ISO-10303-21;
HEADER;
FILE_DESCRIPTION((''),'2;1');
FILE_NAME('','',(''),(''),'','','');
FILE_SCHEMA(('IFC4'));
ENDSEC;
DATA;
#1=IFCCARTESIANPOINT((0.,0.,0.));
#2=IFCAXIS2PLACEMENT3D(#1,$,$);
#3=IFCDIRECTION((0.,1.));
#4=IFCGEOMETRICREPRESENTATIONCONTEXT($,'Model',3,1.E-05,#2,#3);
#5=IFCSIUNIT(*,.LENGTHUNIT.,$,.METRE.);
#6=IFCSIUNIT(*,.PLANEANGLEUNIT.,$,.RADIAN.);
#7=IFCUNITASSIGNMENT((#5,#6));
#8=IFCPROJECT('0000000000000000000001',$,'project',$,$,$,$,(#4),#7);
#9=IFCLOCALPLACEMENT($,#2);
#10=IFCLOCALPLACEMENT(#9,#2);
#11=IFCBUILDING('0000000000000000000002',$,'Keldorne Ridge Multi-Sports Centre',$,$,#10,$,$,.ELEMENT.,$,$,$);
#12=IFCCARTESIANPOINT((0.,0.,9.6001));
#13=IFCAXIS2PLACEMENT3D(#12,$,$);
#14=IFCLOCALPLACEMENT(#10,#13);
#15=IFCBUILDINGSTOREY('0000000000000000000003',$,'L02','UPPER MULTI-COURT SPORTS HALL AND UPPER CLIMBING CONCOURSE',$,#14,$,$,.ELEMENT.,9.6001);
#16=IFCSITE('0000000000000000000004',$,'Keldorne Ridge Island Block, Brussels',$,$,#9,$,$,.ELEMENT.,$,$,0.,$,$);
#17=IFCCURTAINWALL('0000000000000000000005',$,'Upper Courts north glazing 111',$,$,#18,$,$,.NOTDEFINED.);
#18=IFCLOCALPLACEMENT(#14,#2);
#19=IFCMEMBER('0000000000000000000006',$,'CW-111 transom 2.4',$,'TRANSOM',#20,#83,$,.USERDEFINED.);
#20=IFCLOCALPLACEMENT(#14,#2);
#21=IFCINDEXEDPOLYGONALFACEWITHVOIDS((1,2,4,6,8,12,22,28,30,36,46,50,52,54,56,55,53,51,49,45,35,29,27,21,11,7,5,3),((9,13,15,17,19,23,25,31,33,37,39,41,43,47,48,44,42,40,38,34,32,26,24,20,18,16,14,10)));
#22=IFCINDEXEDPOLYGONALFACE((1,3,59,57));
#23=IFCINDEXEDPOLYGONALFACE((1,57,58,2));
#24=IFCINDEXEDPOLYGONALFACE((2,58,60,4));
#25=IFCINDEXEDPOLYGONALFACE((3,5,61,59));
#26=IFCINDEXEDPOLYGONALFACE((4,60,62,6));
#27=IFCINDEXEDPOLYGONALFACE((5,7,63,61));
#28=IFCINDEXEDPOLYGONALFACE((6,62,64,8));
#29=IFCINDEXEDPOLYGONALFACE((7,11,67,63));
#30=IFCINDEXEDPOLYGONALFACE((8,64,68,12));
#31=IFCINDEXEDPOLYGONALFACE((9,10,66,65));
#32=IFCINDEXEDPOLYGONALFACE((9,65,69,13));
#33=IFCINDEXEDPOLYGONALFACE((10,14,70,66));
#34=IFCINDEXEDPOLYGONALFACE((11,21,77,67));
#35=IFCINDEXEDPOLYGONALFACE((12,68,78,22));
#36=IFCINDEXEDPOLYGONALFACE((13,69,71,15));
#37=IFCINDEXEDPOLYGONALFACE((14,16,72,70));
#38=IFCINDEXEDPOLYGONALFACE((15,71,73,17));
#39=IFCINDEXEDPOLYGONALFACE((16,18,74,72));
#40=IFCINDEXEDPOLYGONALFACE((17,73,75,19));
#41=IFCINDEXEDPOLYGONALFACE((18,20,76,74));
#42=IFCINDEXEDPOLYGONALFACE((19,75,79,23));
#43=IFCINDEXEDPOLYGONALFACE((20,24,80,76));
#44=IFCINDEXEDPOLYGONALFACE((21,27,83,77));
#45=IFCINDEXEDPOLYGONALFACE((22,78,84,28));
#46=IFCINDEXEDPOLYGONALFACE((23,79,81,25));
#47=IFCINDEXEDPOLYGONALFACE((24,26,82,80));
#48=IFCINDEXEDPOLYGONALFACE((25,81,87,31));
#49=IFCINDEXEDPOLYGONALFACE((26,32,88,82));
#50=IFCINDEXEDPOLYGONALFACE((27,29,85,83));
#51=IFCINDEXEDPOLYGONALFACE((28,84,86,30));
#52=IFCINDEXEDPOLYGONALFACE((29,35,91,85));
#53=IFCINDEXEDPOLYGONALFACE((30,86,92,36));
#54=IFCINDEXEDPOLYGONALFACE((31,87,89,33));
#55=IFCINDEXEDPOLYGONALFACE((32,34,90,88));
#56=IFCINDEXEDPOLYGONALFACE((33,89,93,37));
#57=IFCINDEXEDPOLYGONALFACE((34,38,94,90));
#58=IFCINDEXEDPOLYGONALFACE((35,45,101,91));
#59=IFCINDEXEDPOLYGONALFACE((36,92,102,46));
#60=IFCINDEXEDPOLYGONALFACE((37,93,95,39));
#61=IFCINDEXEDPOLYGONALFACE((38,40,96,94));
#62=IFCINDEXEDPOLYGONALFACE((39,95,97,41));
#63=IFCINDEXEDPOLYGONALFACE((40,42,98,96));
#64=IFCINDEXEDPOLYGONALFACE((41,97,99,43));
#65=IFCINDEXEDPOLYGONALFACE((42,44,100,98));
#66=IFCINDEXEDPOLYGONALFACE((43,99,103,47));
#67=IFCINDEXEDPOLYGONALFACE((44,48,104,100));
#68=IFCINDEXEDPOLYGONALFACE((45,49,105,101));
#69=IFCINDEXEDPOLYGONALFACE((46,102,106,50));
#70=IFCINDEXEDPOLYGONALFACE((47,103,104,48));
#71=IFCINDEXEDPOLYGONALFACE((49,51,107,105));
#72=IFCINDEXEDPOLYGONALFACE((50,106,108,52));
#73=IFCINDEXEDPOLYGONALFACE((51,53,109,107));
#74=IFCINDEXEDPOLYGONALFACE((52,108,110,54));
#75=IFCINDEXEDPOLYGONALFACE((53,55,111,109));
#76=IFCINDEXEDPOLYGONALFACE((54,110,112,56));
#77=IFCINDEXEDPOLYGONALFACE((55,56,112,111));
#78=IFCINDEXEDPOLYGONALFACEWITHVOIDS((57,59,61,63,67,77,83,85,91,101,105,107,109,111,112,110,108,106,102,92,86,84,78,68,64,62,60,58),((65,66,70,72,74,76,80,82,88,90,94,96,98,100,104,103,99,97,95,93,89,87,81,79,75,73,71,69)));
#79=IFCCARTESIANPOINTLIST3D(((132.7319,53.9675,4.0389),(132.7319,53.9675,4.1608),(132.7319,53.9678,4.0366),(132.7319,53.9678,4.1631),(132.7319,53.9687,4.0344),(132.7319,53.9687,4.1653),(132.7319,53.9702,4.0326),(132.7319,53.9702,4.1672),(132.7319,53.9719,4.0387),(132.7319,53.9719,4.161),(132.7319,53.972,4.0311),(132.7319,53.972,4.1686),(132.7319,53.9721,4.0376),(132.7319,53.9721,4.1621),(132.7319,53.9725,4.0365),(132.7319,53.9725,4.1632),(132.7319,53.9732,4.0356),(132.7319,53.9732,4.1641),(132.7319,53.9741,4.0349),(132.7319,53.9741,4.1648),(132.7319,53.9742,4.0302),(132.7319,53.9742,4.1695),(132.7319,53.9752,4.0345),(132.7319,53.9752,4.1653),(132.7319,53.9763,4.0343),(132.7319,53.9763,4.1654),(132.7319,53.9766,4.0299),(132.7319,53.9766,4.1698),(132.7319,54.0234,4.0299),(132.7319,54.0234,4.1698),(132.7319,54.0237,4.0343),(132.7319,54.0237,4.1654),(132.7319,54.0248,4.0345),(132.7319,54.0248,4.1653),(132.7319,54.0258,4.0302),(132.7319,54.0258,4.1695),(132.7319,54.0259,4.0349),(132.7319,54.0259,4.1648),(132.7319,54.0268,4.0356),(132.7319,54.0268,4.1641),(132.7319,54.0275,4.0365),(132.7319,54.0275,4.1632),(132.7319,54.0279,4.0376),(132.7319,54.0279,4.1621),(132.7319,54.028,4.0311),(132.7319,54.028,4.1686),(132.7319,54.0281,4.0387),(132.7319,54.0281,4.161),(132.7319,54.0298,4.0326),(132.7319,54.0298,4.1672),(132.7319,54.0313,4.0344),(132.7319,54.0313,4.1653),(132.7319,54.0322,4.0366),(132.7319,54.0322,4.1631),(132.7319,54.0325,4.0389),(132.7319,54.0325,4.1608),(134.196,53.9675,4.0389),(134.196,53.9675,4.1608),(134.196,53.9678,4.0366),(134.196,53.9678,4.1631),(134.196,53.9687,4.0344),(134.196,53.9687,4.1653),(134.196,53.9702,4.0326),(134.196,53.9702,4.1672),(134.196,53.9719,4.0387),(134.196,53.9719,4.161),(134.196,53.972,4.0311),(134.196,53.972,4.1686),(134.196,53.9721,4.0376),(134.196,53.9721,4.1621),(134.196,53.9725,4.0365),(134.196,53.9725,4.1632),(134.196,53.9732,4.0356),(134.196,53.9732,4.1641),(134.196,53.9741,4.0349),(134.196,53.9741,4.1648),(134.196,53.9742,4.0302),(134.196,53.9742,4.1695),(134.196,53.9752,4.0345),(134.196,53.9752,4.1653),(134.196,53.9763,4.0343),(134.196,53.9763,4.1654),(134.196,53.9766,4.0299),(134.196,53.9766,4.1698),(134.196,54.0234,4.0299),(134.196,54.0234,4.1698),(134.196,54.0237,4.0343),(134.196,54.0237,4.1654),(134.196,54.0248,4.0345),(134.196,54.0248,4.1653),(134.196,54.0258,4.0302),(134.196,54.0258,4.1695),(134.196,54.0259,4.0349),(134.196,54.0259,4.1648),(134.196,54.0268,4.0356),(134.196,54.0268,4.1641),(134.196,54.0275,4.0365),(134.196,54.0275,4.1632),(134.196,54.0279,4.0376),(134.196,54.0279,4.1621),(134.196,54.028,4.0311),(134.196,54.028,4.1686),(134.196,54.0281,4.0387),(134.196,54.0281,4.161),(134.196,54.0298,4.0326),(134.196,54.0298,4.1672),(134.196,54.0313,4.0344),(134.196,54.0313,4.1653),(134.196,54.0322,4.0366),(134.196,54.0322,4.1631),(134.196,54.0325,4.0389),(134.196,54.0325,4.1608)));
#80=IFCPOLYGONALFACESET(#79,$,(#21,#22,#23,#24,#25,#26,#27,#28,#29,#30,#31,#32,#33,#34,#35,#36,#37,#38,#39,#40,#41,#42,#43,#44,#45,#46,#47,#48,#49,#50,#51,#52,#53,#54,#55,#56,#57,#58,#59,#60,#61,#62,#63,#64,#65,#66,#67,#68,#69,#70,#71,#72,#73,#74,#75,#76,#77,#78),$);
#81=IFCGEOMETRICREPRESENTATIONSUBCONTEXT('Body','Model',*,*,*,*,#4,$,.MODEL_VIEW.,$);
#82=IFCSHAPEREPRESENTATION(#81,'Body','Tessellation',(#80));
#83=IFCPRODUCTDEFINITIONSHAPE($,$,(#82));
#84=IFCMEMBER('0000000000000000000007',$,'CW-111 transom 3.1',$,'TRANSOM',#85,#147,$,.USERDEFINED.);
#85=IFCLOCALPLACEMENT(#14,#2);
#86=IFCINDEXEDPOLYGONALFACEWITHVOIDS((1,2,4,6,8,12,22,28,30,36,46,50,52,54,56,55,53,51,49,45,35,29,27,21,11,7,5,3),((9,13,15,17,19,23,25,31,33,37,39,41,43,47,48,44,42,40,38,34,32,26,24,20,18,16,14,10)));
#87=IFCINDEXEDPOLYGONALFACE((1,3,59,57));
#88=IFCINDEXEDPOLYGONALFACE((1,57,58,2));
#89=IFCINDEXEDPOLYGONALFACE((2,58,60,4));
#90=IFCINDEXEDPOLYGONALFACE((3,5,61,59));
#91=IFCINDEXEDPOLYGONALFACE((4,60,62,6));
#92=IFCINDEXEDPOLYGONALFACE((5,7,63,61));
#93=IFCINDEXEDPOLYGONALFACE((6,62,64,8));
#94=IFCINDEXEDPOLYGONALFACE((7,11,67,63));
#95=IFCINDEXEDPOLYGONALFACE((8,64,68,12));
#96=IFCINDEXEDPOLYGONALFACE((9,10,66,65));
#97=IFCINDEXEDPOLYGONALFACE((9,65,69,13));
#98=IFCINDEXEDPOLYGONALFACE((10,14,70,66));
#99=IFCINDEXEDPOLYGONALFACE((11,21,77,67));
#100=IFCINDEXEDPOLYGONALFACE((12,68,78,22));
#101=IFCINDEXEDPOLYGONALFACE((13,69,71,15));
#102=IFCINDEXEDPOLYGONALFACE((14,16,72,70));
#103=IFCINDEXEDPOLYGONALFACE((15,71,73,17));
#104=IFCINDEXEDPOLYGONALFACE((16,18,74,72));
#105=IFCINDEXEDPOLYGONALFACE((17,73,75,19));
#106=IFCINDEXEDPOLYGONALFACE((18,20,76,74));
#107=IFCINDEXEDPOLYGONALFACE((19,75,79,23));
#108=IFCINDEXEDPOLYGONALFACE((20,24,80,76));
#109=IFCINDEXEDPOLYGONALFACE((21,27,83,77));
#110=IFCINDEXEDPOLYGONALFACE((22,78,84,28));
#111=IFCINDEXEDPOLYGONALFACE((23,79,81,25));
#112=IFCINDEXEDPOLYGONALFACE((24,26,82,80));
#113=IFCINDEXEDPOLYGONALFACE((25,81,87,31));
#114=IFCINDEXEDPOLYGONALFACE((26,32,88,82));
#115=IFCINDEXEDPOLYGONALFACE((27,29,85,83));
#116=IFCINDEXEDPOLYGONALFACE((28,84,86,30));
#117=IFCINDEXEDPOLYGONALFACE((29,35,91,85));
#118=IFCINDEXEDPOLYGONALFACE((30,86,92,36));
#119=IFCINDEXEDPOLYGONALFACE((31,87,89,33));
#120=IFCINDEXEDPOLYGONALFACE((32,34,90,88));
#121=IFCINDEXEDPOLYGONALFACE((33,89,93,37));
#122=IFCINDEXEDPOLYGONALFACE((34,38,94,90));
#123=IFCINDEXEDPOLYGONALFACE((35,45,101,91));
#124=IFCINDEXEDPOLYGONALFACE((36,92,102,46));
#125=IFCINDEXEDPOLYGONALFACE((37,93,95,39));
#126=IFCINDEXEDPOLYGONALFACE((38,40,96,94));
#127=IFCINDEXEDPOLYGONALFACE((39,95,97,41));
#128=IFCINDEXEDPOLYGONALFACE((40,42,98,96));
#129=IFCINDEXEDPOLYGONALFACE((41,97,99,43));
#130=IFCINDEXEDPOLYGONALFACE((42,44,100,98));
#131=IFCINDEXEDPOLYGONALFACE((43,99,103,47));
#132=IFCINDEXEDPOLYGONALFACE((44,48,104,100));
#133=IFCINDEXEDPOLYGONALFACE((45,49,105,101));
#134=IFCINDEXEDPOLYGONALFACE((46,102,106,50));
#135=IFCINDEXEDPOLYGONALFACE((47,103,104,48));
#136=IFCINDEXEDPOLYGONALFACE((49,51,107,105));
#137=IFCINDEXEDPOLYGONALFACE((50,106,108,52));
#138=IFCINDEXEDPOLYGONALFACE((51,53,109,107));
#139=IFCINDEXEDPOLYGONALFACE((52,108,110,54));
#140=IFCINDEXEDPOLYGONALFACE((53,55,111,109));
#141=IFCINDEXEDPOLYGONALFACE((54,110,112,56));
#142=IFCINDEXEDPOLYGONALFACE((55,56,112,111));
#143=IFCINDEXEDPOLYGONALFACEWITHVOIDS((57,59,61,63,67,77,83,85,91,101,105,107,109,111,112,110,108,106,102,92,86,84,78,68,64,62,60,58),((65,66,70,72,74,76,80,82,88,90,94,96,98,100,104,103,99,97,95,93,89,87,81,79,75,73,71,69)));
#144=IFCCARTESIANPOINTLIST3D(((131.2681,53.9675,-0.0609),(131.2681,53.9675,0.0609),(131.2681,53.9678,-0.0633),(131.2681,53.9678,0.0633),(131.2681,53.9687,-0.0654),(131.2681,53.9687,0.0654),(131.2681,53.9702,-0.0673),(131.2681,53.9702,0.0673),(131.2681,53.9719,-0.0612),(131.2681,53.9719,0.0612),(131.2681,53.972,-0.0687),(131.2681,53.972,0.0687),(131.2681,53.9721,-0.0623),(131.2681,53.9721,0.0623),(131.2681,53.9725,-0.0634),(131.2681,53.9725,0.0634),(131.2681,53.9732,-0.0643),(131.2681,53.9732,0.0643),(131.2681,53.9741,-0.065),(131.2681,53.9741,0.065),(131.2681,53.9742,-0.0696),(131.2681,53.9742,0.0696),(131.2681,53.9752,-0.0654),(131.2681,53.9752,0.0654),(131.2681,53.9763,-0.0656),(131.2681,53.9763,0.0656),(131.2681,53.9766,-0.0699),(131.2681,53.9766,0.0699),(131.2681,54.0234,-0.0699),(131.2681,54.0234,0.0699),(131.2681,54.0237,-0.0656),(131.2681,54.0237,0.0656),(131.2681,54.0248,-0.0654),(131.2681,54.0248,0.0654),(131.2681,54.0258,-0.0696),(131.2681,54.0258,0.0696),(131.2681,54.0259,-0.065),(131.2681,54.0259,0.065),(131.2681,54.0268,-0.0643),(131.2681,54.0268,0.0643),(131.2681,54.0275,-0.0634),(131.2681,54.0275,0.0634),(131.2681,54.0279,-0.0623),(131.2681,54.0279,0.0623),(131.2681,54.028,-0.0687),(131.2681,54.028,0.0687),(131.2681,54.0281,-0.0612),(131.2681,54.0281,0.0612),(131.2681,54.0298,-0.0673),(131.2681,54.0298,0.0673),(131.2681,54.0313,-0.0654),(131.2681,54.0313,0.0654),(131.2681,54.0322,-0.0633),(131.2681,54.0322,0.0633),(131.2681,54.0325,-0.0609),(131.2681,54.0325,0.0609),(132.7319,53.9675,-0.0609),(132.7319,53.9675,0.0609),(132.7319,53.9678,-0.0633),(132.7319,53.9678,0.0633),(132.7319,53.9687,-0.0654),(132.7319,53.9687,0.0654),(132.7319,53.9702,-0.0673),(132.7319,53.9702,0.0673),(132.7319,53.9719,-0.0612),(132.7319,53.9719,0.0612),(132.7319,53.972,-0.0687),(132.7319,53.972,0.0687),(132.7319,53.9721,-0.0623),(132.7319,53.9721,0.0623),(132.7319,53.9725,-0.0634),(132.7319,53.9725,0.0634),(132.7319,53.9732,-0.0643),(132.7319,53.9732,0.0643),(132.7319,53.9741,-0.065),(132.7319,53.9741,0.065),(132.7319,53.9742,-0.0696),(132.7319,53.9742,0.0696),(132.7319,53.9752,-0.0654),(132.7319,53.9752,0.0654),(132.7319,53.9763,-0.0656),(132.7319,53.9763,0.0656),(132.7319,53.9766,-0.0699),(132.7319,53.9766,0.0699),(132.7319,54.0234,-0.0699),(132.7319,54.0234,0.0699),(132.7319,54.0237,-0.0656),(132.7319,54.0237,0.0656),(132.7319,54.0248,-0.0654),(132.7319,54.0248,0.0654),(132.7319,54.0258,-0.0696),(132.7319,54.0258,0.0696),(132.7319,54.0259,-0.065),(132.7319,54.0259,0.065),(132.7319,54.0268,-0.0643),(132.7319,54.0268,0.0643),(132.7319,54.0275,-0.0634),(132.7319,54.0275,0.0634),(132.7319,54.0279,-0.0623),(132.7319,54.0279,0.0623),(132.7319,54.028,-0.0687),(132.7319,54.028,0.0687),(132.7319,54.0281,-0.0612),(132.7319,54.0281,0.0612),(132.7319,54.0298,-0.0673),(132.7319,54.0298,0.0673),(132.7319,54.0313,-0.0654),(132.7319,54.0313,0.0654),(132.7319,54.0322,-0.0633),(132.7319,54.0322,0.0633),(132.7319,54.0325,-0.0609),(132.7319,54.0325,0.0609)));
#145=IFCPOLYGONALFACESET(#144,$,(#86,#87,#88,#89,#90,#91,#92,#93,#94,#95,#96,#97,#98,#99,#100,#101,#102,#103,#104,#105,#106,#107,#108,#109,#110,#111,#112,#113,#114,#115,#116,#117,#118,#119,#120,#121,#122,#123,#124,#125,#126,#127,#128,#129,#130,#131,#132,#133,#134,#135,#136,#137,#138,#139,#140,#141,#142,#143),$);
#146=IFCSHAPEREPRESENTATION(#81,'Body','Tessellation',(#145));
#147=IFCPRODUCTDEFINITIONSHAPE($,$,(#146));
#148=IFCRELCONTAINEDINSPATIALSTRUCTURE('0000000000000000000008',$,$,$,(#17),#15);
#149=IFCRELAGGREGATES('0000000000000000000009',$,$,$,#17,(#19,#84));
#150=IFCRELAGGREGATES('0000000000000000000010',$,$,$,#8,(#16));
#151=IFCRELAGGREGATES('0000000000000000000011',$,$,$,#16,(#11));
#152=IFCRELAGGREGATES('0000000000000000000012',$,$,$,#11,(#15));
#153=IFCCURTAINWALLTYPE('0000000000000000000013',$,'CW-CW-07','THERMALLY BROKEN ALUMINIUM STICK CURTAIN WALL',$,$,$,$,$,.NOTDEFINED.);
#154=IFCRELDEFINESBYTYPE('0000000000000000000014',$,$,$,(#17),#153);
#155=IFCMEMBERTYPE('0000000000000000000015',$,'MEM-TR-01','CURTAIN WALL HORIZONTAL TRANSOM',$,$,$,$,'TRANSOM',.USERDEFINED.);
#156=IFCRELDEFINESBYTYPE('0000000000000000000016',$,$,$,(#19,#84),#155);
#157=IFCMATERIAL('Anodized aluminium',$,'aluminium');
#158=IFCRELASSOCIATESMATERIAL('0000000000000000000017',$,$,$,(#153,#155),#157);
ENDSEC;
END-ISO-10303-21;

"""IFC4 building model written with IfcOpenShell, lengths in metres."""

from ifc_helpers import new_model, si_unit, direction, frame, origin, origin_2d, place, context, subcontext, project, spatial, hollow_rectangle, extrude, material, material_profile, profile_set, type_object, element, aggregate, save


model = new_model("IFC4")

# Units and contexts
model_context = context("Model", 3, precision=1e-05, world=origin(), true_north=direction((0.0, 1.0)))
body_context = subcontext(model_context, "Body", "Model", "MODEL_VIEW")
ifc_project = project(units=[si_unit("LENGTHUNIT", "METRE"), si_unit("PLANEANGLEUNIT", "RADIAN")], contexts=[model_context])

# Site, building, storey
site_placement = place(None, origin())
site = spatial("IfcSite", under=ifc_project, at=site_placement, Name="Keldorne Ridge Island Block, Brussels", CompositionType="ELEMENT", RefElevation=0.0)
building_placement = place(site_placement, origin())
building = spatial("IfcBuilding", under=site, at=building_placement, Name="Keldorne Ridge Multi-Sports Centre", CompositionType="ELEMENT")
storey_placement = place(building_placement, frame((0.0, 0.0, 9.6001)))
storey = spatial("IfcBuildingStorey", under=building, at=storey_placement, Name="L02", Description="UPPER MULTI-COURT SPORTS HALL AND UPPER CLIMBING CONCOURSE", CompositionType="ELEMENT", Elevation=9.6001)

# Curtain wall, members
ifc_material_1 = material(Name="Anodized aluminium", Category="aluminium")
curtain_wall_type = type_object("IfcCurtainWallType", Name="CW-CW-07", Description="THERMALLY BROKEN ALUMINIUM STICK CURTAIN WALL", PredefinedType="NOTDEFINED", material=ifc_material_1)
curtain_wall_placement = place(storey_placement, origin())
curtain_wall = element("IfcCurtainWall", 1, at=curtain_wall_placement, inside=storey, type_object=curtain_wall_type, Name="Upper Courts north glazing 111", PredefinedType="NOTDEFINED")
ifc_material_profile_1 = material_profile(ifc_material_1, hollow_rectangle(XDim=0.0649, YDim=0.1399, WallThickness=0.0044, InnerFilletRadius=0.0044, OuterFilletRadius=0.009, at=origin_2d()), Name="ALU TRANSOM 140x65x4.5")
ifc_profile_set_1 = profile_set([ifc_material_profile_1], Name="Anodized aluminium")
member_type_1 = type_object("IfcMemberType", Name="MEM-TR-01", Description="CURTAIN WALL HORIZONTAL TRANSOM", ElementType="TRANSOM", PredefinedType="USERDEFINED", material=ifc_profile_set_1)
member_1_placement = place(storey_placement, frame((134.196, 54.0, 4.0999), z_axis=(-1.0, 0.0, 0.0), x_axis=(0.0, -1.0, 0.0)))
member_1 = element("IfcMember", 2, at=member_1_placement, type_object=member_type_1, Name="CW-111 transom 2.4", ObjectType="TRANSOM", PredefinedType="USERDEFINED", context=body_context, shape_type="SweptSolid", body=[
    extrude(hollow_rectangle(XDim=0.0649, YDim=0.1399, WallThickness=0.0044, InnerFilletRadius=0.0044, OuterFilletRadius=0.009, at=origin_2d()), origin(), (0.0, 0.0, 1.0), 1.4641),
])
member_2_placement = place(storey_placement, frame((132.7319, 54.0, 0.0), z_axis=(-1.0, 0.0, 0.0), x_axis=(0.0, -1.0, 0.0)))
member_2 = element("IfcMember", 3, at=member_2_placement, type_object=member_type_1, Name="CW-111 transom 3.1", ObjectType="TRANSOM", PredefinedType="USERDEFINED", context=body_context, shape_type="SweptSolid", body=[
    extrude(hollow_rectangle(XDim=0.0649, YDim=0.1399, WallThickness=0.0044, InnerFilletRadius=0.0044, OuterFilletRadius=0.009, at=origin_2d()), origin(), (0.0, 0.0, 1.0), 1.4639),
])
aggregate(curtain_wall, [member_1, member_2])

save(model, "model.ifc")
